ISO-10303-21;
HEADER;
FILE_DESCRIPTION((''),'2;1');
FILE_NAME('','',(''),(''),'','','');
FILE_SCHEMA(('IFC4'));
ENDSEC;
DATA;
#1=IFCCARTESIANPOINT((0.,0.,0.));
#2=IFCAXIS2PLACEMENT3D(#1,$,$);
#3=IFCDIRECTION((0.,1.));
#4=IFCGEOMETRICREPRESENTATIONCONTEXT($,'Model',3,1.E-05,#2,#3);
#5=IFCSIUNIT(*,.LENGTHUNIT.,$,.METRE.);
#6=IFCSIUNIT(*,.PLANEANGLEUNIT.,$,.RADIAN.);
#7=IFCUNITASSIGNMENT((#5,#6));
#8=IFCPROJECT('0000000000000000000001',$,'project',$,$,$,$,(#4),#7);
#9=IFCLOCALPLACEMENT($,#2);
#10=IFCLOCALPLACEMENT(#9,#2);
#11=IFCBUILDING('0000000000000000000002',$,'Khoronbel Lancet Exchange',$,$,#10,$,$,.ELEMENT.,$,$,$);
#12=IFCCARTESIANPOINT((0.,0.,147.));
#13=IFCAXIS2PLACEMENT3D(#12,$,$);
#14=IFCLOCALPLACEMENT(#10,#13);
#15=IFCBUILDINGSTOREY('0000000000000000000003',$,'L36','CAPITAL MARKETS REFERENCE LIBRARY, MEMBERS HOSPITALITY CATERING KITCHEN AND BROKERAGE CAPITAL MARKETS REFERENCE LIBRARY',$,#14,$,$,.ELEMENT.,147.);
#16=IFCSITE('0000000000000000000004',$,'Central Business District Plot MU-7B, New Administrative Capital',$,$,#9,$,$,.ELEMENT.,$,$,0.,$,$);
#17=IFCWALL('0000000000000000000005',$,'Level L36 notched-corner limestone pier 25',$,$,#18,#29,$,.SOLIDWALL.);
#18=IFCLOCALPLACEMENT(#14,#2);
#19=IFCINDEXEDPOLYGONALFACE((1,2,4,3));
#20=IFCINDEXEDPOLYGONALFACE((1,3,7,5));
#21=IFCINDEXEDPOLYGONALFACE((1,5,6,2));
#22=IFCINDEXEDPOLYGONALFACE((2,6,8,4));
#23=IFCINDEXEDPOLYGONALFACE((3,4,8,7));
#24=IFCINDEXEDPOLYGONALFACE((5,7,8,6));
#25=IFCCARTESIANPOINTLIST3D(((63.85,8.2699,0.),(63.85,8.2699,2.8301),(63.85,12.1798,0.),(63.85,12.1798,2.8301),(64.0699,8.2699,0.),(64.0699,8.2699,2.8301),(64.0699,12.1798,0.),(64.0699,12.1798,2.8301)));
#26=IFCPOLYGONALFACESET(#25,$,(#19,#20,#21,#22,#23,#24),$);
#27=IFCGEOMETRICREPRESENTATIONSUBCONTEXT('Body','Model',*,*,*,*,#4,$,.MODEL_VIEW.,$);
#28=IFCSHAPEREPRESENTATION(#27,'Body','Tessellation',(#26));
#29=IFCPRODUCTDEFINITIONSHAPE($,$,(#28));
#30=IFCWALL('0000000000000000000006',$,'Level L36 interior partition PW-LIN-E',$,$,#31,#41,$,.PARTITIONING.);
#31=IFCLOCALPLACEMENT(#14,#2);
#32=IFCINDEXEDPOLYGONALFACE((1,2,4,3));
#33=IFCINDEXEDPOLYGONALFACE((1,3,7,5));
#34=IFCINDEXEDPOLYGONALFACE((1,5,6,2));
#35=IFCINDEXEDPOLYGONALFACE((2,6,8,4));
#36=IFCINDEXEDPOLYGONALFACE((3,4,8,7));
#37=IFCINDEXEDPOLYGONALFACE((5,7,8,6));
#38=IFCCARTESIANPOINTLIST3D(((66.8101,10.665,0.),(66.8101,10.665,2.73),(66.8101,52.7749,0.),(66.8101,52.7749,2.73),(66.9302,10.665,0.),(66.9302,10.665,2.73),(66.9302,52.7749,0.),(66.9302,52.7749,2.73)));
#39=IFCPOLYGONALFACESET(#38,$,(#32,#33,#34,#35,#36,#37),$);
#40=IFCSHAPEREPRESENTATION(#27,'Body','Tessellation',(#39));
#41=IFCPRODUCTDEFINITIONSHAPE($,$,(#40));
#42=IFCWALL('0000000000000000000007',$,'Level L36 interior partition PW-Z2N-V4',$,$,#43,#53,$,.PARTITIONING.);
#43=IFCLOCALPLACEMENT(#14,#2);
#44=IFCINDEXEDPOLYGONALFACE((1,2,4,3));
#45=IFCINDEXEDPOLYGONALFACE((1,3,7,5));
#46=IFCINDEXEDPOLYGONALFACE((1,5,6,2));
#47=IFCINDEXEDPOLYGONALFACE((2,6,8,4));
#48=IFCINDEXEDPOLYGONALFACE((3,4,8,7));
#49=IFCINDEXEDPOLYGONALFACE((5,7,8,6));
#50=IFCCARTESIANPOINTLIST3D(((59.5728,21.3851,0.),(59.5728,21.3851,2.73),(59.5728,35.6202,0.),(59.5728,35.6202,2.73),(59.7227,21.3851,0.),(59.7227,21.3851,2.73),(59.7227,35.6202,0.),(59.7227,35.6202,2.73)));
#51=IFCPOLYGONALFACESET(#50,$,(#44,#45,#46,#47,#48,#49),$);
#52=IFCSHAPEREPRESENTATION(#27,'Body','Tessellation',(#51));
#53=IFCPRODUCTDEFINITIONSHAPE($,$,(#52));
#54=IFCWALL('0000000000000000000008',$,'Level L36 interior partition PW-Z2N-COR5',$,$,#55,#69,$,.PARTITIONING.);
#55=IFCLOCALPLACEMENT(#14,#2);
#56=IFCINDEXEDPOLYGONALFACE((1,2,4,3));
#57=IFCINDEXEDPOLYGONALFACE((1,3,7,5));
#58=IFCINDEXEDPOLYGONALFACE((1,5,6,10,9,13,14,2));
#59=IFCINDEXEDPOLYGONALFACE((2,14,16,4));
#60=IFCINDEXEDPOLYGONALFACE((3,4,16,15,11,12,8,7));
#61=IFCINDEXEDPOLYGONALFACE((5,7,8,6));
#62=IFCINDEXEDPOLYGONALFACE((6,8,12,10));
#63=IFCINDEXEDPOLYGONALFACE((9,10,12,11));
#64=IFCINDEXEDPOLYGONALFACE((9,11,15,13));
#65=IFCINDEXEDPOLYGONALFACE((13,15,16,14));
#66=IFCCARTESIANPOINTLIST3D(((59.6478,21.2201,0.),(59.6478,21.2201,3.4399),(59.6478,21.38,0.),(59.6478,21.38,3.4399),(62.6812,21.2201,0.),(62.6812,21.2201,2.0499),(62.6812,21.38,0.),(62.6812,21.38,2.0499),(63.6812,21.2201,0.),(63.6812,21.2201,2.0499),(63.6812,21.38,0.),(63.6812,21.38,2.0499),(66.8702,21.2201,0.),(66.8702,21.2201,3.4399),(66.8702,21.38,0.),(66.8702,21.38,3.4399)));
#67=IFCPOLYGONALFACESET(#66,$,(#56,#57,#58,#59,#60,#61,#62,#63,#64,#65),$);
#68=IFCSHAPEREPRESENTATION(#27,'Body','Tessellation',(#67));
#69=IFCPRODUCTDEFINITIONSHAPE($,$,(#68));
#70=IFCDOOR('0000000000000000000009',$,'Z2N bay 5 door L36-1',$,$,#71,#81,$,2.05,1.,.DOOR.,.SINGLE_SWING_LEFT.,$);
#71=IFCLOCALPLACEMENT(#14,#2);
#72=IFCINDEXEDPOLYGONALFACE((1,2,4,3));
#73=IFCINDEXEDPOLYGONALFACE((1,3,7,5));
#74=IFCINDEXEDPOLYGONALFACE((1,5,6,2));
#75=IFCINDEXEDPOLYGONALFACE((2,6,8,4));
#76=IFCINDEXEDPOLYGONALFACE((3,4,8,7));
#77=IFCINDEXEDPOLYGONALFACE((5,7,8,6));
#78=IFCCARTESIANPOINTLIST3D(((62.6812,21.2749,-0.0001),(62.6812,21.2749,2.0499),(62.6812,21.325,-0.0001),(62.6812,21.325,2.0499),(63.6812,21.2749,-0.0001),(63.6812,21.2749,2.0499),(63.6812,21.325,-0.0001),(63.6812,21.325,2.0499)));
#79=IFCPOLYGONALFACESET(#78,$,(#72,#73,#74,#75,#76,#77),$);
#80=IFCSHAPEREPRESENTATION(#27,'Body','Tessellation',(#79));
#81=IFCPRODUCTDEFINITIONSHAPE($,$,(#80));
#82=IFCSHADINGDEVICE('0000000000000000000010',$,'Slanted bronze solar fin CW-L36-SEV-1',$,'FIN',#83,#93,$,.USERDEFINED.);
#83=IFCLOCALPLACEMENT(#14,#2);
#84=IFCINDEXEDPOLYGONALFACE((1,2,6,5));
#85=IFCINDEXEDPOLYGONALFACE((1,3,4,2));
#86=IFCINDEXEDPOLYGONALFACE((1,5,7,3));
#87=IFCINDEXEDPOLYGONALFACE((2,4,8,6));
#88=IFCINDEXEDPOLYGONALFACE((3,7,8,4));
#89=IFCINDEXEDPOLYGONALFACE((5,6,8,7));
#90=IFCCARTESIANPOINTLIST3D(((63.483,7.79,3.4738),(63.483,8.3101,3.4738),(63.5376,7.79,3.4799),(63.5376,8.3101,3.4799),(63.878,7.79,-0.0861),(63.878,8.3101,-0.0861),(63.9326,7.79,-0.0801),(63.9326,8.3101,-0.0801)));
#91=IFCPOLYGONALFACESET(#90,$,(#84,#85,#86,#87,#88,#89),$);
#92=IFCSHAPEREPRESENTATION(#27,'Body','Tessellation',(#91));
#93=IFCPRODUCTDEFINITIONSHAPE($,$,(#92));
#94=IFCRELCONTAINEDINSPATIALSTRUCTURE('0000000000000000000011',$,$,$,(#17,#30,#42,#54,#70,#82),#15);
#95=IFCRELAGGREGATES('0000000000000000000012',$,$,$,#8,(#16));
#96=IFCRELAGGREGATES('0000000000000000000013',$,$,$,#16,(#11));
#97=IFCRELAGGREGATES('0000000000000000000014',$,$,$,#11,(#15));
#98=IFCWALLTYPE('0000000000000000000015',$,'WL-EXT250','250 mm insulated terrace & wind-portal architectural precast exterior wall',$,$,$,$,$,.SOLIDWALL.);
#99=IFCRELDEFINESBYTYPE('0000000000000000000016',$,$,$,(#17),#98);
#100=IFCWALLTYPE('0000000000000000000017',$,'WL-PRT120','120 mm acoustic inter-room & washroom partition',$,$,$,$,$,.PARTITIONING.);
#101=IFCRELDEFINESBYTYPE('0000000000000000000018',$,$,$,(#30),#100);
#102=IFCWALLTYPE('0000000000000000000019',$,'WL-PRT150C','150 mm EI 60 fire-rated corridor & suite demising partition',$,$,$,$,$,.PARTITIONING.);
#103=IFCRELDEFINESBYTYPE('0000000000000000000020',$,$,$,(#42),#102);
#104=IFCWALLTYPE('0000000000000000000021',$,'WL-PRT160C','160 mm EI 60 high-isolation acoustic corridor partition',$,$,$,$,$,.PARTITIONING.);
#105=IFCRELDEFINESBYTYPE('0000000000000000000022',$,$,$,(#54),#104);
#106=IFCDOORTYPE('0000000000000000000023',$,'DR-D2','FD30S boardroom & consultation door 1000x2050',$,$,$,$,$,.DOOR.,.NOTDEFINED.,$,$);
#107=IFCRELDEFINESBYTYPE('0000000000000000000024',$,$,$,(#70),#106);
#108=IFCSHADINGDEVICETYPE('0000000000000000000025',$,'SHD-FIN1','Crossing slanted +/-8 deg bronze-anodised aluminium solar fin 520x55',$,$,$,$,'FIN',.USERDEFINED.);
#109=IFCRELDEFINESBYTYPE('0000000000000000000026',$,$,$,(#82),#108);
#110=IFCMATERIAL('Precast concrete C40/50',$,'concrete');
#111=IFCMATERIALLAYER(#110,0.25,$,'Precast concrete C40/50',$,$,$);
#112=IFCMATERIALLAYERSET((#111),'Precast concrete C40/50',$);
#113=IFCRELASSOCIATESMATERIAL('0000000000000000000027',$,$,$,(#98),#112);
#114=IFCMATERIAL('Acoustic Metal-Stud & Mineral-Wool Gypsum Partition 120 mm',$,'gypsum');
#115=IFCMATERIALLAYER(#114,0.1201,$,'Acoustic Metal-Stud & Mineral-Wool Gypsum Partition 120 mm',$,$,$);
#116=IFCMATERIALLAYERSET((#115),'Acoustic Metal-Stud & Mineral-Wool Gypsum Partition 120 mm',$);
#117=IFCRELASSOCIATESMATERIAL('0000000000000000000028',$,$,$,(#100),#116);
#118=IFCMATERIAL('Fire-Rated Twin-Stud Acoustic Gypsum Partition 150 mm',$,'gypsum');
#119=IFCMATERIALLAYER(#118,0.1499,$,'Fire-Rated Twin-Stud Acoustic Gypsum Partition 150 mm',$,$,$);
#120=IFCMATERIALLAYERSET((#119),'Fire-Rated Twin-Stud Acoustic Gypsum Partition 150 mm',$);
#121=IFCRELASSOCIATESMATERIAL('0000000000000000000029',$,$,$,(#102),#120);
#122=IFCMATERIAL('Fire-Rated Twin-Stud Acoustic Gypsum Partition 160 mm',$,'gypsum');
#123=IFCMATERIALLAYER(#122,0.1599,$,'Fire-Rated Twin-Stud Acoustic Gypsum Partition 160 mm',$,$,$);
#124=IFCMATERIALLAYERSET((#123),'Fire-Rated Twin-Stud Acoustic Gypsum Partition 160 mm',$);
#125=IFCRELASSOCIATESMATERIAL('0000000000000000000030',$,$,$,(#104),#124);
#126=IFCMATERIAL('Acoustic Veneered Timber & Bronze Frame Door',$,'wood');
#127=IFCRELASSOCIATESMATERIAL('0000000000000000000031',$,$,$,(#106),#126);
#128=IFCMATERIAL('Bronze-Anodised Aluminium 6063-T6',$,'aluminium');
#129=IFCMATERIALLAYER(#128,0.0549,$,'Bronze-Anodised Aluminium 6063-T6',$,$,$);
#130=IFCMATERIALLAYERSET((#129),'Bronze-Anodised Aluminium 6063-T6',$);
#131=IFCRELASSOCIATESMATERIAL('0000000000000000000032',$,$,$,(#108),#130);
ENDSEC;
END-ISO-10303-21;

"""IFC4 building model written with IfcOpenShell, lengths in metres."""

from ifc_helpers import new_model, si_unit, direction, frame, frame_2d, origin, place, context, subcontext, project, spatial, polyline, rectangle, outline, extrude, material, layer, layer_set, type_object, element, fill, save


model = new_model("IFC4")

# Units and contexts
model_context = context("Model", 3, precision=1e-05, world=origin(), true_north=direction((0.0, 1.0)))
body_context = subcontext(model_context, "Body", "Model", "MODEL_VIEW")
ifc_project = project(units=[si_unit("LENGTHUNIT", "METRE"), si_unit("PLANEANGLEUNIT", "RADIAN")], contexts=[model_context])

# Site, building, storey
site_placement = place(None, origin())
site = spatial("IfcSite", under=ifc_project, at=site_placement, Name="Central Business District Plot MU-7B, New Administrative Capital", CompositionType="ELEMENT", RefElevation=0.0)
building_placement = place(site_placement, origin())
building = spatial("IfcBuilding", under=site, at=building_placement, Name="Khoronbel Lancet Exchange", CompositionType="ELEMENT")
storey_placement = place(building_placement, frame((0.0, 0.0, 147.0)))
storey = spatial("IfcBuildingStorey", under=building, at=storey_placement, Name="L36", Description="CAPITAL MARKETS REFERENCE LIBRARY, MEMBERS HOSPITALITY CATERING KITCHEN AND BROKERAGE CAPITAL MARKETS REFERENCE LIBRARY", CompositionType="ELEMENT", Elevation=147.0)

# Shared definitions
ifc_material_1 = material(Name="Bronze-Anodised Aluminium 6063-T6", Category="aluminium")

# Walls
ifc_material_2 = material(Name="Precast concrete C40/50", Category="concrete")
ifc_layer_1 = layer(ifc_material_2, 0.25, Name="Precast concrete C40/50")
ifc_layer_set_1 = layer_set([ifc_layer_1], Name="Precast concrete C40/50")
wall_type_1 = type_object("IfcWallType", Name="WL-EXT250", Description="250 mm insulated terrace & wind-portal architectural precast exterior wall", PredefinedType="SOLIDWALL", material=ifc_layer_set_1)
wall_1_placement = place(storey_placement, frame((63.96, 12.1799, 0.0), z_axis=(0.0, 0.0, 1.0), x_axis=(0.0, -1.0, 0.0)))
element("IfcWall", 1, at=wall_1_placement, inside=storey, type_object=wall_type_1, Name="Level L36 notched-corner limestone pier 25", PredefinedType="SOLIDWALL", context=body_context, shape_type="SweptSolid", body=[
    extrude(rectangle(XDim=3.9099, YDim=0.22, at=frame_2d((1.9551, 0.0))), origin(), (0.0, 0.0, 1.0), 2.8301),
])
ifc_material_3 = material(Name="Acoustic Metal-Stud & Mineral-Wool Gypsum Partition 120 mm", Category="gypsum")
ifc_layer_2 = layer(ifc_material_3, 0.1201, Name="Acoustic Metal-Stud & Mineral-Wool Gypsum Partition 120 mm")
ifc_layer_set_2 = layer_set([ifc_layer_2], Name="Acoustic Metal-Stud & Mineral-Wool Gypsum Partition 120 mm")
wall_type_2 = type_object("IfcWallType", Name="WL-PRT120", Description="120 mm acoustic inter-room & washroom partition", PredefinedType="PARTITIONING", material=ifc_layer_set_2)
wall_2_placement = place(storey_placement, frame((66.8701, 10.665, 0.0), z_axis=(0.0, 0.0, 1.0), x_axis=(0.0, 1.0, 0.0)))
element("IfcWall", 2, at=wall_2_placement, inside=storey, type_object=wall_type_2, Name="Level L36 interior partition PW-LIN-E", PredefinedType="PARTITIONING", context=body_context, shape_type="SweptSolid", body=[
    extrude(rectangle(XDim=42.1099, YDim=0.1201, at=frame_2d((21.0549, 0.0))), origin(), (0.0, 0.0, 1.0), 2.73),
])
ifc_material_4 = material(Name="Fire-Rated Twin-Stud Acoustic Gypsum Partition 150 mm", Category="gypsum")
ifc_layer_3 = layer(ifc_material_4, 0.1499, Name="Fire-Rated Twin-Stud Acoustic Gypsum Partition 150 mm")
ifc_layer_set_3 = layer_set([ifc_layer_3], Name="Fire-Rated Twin-Stud Acoustic Gypsum Partition 150 mm")
wall_type_3 = type_object("IfcWallType", Name="WL-PRT150C", Description="150 mm EI 60 fire-rated corridor & suite demising partition", PredefinedType="PARTITIONING", material=ifc_layer_set_3)
wall_3_placement = place(storey_placement, frame((59.6477, 21.385, 0.0), z_axis=(0.0, 0.0, 1.0), x_axis=(0.0, 1.0, 0.0)))
element("IfcWall", 3, at=wall_3_placement, inside=storey, type_object=wall_type_3, Name="Level L36 interior partition PW-Z2N-V4", PredefinedType="PARTITIONING", context=body_context, shape_type="SweptSolid", body=[
    extrude(rectangle(XDim=14.2351, YDim=0.1499, at=frame_2d((7.1177, 0.0))), origin(), (0.0, 0.0, 1.0), 2.73),
])

# Wall, opening, door
ifc_material_5 = material(Name="Fire-Rated Twin-Stud Acoustic Gypsum Partition 160 mm", Category="gypsum")
ifc_layer_4 = layer(ifc_material_5, 0.1599, Name="Fire-Rated Twin-Stud Acoustic Gypsum Partition 160 mm")
ifc_layer_set_4 = layer_set([ifc_layer_4], Name="Fire-Rated Twin-Stud Acoustic Gypsum Partition 160 mm")
wall_type_4 = type_object("IfcWallType", Name="WL-PRT160C", Description="160 mm EI 60 high-isolation acoustic corridor partition", PredefinedType="PARTITIONING", material=ifc_layer_set_4)
wall_4_placement = place(storey_placement, frame((59.6477, 21.3, 0.0), z_axis=(0.0, 0.0, 1.0), x_axis=(1.0, 0.0, 0.0)))
wall_4 = element("IfcWall", 4, at=wall_4_placement, inside=storey, type_object=wall_type_4, Name="Level L36 interior partition PW-Z2N-COR5", PredefinedType="PARTITIONING", context=body_context, shape_type="SweptSolid", body=[
    extrude(rectangle(XDim=7.2224, YDim=0.1599, at=frame_2d((3.6113, 0.0))), origin(), (0.0, 0.0, 1.0), 3.4399),
])
opening_placement = place(wall_4_placement, frame((3.0334, 0.0, 0.0)))
opening = element("IfcOpeningElement", 5, at=opening_placement, cuts=wall_4, PredefinedType="OPENING", context=body_context, shape_type="SweptSolid", body=[
    extrude(rectangle(XDim=1.0, YDim=2.05, at=frame_2d((0.5, 1.0249))), frame((0.0, 0.0898, 0.0), z_axis=(0.0, -1.0, 0.0), x_axis=(1.0, 0.0, 0.0)), (0.0, 0.0, 1.0), 0.1799),
])
ifc_material_6 = material(Name="Acoustic Veneered Timber & Bronze Frame Door", Category="wood")
door_type = type_object("IfcDoorType", Name="DR-D2", Description="FD30S boardroom & consultation door 1000x2050", OperationType="NOTDEFINED", PredefinedType="DOOR", material=ifc_material_6)
door_placement = place(opening_placement, origin())
door = element("IfcDoor", 6, at=door_placement, inside=storey, type_object=door_type, Name="Z2N bay 5 door L36-1", OperationType="SINGLE_SWING_LEFT", OverallHeight=2.05, OverallWidth=1.0, PredefinedType="DOOR", context=body_context, shape_type="SweptSolid", body=[
    extrude(rectangle(XDim=1.0, YDim=2.05, at=frame_2d((0.5, 1.0249))), frame((0.0, 0.0249, 0.0), z_axis=(0.0, -1.0, 0.0), x_axis=(1.0, 0.0, 0.0)), (0.0, 0.0, 1.0), 0.05),
])
fill(opening, door)

# Shading device
ifc_layer_5 = layer(ifc_material_1, 0.0549, Name="Bronze-Anodised Aluminium 6063-T6")
ifc_layer_set_5 = layer_set([ifc_layer_5], Name="Bronze-Anodised Aluminium 6063-T6")
shading_device_type = type_object("IfcShadingDeviceType", Name="SHD-FIN1", Description="Crossing slanted +/-8 deg bronze-anodised aluminium solar fin 520x55", ElementType="FIN", PredefinedType="USERDEFINED", material=ifc_layer_set_5)
shading_device_placement = place(storey_placement, frame((63.9326, 8.3101, -0.0801), z_axis=(0.9939, 0.0, 0.110282), x_axis=(0.0, -1.0, 0.0)))
element("IfcShadingDevice", 7, at=shading_device_placement, inside=storey, type_object=shading_device_type, Name="Slanted bronze solar fin CW-L36-SEV-1", ObjectType="FIN", PredefinedType="USERDEFINED", context=body_context, shape_type="SweptSolid", body=[
    extrude(outline(polyline([(0.0, 0.0), (0.52, 0.0), (0.52, -3.5818), (0.0, -3.5818), (0.0, 0.0)])), origin(), (0.0, 0.0, -1.0), 0.0549),
])

save(model, "model.ifc")
